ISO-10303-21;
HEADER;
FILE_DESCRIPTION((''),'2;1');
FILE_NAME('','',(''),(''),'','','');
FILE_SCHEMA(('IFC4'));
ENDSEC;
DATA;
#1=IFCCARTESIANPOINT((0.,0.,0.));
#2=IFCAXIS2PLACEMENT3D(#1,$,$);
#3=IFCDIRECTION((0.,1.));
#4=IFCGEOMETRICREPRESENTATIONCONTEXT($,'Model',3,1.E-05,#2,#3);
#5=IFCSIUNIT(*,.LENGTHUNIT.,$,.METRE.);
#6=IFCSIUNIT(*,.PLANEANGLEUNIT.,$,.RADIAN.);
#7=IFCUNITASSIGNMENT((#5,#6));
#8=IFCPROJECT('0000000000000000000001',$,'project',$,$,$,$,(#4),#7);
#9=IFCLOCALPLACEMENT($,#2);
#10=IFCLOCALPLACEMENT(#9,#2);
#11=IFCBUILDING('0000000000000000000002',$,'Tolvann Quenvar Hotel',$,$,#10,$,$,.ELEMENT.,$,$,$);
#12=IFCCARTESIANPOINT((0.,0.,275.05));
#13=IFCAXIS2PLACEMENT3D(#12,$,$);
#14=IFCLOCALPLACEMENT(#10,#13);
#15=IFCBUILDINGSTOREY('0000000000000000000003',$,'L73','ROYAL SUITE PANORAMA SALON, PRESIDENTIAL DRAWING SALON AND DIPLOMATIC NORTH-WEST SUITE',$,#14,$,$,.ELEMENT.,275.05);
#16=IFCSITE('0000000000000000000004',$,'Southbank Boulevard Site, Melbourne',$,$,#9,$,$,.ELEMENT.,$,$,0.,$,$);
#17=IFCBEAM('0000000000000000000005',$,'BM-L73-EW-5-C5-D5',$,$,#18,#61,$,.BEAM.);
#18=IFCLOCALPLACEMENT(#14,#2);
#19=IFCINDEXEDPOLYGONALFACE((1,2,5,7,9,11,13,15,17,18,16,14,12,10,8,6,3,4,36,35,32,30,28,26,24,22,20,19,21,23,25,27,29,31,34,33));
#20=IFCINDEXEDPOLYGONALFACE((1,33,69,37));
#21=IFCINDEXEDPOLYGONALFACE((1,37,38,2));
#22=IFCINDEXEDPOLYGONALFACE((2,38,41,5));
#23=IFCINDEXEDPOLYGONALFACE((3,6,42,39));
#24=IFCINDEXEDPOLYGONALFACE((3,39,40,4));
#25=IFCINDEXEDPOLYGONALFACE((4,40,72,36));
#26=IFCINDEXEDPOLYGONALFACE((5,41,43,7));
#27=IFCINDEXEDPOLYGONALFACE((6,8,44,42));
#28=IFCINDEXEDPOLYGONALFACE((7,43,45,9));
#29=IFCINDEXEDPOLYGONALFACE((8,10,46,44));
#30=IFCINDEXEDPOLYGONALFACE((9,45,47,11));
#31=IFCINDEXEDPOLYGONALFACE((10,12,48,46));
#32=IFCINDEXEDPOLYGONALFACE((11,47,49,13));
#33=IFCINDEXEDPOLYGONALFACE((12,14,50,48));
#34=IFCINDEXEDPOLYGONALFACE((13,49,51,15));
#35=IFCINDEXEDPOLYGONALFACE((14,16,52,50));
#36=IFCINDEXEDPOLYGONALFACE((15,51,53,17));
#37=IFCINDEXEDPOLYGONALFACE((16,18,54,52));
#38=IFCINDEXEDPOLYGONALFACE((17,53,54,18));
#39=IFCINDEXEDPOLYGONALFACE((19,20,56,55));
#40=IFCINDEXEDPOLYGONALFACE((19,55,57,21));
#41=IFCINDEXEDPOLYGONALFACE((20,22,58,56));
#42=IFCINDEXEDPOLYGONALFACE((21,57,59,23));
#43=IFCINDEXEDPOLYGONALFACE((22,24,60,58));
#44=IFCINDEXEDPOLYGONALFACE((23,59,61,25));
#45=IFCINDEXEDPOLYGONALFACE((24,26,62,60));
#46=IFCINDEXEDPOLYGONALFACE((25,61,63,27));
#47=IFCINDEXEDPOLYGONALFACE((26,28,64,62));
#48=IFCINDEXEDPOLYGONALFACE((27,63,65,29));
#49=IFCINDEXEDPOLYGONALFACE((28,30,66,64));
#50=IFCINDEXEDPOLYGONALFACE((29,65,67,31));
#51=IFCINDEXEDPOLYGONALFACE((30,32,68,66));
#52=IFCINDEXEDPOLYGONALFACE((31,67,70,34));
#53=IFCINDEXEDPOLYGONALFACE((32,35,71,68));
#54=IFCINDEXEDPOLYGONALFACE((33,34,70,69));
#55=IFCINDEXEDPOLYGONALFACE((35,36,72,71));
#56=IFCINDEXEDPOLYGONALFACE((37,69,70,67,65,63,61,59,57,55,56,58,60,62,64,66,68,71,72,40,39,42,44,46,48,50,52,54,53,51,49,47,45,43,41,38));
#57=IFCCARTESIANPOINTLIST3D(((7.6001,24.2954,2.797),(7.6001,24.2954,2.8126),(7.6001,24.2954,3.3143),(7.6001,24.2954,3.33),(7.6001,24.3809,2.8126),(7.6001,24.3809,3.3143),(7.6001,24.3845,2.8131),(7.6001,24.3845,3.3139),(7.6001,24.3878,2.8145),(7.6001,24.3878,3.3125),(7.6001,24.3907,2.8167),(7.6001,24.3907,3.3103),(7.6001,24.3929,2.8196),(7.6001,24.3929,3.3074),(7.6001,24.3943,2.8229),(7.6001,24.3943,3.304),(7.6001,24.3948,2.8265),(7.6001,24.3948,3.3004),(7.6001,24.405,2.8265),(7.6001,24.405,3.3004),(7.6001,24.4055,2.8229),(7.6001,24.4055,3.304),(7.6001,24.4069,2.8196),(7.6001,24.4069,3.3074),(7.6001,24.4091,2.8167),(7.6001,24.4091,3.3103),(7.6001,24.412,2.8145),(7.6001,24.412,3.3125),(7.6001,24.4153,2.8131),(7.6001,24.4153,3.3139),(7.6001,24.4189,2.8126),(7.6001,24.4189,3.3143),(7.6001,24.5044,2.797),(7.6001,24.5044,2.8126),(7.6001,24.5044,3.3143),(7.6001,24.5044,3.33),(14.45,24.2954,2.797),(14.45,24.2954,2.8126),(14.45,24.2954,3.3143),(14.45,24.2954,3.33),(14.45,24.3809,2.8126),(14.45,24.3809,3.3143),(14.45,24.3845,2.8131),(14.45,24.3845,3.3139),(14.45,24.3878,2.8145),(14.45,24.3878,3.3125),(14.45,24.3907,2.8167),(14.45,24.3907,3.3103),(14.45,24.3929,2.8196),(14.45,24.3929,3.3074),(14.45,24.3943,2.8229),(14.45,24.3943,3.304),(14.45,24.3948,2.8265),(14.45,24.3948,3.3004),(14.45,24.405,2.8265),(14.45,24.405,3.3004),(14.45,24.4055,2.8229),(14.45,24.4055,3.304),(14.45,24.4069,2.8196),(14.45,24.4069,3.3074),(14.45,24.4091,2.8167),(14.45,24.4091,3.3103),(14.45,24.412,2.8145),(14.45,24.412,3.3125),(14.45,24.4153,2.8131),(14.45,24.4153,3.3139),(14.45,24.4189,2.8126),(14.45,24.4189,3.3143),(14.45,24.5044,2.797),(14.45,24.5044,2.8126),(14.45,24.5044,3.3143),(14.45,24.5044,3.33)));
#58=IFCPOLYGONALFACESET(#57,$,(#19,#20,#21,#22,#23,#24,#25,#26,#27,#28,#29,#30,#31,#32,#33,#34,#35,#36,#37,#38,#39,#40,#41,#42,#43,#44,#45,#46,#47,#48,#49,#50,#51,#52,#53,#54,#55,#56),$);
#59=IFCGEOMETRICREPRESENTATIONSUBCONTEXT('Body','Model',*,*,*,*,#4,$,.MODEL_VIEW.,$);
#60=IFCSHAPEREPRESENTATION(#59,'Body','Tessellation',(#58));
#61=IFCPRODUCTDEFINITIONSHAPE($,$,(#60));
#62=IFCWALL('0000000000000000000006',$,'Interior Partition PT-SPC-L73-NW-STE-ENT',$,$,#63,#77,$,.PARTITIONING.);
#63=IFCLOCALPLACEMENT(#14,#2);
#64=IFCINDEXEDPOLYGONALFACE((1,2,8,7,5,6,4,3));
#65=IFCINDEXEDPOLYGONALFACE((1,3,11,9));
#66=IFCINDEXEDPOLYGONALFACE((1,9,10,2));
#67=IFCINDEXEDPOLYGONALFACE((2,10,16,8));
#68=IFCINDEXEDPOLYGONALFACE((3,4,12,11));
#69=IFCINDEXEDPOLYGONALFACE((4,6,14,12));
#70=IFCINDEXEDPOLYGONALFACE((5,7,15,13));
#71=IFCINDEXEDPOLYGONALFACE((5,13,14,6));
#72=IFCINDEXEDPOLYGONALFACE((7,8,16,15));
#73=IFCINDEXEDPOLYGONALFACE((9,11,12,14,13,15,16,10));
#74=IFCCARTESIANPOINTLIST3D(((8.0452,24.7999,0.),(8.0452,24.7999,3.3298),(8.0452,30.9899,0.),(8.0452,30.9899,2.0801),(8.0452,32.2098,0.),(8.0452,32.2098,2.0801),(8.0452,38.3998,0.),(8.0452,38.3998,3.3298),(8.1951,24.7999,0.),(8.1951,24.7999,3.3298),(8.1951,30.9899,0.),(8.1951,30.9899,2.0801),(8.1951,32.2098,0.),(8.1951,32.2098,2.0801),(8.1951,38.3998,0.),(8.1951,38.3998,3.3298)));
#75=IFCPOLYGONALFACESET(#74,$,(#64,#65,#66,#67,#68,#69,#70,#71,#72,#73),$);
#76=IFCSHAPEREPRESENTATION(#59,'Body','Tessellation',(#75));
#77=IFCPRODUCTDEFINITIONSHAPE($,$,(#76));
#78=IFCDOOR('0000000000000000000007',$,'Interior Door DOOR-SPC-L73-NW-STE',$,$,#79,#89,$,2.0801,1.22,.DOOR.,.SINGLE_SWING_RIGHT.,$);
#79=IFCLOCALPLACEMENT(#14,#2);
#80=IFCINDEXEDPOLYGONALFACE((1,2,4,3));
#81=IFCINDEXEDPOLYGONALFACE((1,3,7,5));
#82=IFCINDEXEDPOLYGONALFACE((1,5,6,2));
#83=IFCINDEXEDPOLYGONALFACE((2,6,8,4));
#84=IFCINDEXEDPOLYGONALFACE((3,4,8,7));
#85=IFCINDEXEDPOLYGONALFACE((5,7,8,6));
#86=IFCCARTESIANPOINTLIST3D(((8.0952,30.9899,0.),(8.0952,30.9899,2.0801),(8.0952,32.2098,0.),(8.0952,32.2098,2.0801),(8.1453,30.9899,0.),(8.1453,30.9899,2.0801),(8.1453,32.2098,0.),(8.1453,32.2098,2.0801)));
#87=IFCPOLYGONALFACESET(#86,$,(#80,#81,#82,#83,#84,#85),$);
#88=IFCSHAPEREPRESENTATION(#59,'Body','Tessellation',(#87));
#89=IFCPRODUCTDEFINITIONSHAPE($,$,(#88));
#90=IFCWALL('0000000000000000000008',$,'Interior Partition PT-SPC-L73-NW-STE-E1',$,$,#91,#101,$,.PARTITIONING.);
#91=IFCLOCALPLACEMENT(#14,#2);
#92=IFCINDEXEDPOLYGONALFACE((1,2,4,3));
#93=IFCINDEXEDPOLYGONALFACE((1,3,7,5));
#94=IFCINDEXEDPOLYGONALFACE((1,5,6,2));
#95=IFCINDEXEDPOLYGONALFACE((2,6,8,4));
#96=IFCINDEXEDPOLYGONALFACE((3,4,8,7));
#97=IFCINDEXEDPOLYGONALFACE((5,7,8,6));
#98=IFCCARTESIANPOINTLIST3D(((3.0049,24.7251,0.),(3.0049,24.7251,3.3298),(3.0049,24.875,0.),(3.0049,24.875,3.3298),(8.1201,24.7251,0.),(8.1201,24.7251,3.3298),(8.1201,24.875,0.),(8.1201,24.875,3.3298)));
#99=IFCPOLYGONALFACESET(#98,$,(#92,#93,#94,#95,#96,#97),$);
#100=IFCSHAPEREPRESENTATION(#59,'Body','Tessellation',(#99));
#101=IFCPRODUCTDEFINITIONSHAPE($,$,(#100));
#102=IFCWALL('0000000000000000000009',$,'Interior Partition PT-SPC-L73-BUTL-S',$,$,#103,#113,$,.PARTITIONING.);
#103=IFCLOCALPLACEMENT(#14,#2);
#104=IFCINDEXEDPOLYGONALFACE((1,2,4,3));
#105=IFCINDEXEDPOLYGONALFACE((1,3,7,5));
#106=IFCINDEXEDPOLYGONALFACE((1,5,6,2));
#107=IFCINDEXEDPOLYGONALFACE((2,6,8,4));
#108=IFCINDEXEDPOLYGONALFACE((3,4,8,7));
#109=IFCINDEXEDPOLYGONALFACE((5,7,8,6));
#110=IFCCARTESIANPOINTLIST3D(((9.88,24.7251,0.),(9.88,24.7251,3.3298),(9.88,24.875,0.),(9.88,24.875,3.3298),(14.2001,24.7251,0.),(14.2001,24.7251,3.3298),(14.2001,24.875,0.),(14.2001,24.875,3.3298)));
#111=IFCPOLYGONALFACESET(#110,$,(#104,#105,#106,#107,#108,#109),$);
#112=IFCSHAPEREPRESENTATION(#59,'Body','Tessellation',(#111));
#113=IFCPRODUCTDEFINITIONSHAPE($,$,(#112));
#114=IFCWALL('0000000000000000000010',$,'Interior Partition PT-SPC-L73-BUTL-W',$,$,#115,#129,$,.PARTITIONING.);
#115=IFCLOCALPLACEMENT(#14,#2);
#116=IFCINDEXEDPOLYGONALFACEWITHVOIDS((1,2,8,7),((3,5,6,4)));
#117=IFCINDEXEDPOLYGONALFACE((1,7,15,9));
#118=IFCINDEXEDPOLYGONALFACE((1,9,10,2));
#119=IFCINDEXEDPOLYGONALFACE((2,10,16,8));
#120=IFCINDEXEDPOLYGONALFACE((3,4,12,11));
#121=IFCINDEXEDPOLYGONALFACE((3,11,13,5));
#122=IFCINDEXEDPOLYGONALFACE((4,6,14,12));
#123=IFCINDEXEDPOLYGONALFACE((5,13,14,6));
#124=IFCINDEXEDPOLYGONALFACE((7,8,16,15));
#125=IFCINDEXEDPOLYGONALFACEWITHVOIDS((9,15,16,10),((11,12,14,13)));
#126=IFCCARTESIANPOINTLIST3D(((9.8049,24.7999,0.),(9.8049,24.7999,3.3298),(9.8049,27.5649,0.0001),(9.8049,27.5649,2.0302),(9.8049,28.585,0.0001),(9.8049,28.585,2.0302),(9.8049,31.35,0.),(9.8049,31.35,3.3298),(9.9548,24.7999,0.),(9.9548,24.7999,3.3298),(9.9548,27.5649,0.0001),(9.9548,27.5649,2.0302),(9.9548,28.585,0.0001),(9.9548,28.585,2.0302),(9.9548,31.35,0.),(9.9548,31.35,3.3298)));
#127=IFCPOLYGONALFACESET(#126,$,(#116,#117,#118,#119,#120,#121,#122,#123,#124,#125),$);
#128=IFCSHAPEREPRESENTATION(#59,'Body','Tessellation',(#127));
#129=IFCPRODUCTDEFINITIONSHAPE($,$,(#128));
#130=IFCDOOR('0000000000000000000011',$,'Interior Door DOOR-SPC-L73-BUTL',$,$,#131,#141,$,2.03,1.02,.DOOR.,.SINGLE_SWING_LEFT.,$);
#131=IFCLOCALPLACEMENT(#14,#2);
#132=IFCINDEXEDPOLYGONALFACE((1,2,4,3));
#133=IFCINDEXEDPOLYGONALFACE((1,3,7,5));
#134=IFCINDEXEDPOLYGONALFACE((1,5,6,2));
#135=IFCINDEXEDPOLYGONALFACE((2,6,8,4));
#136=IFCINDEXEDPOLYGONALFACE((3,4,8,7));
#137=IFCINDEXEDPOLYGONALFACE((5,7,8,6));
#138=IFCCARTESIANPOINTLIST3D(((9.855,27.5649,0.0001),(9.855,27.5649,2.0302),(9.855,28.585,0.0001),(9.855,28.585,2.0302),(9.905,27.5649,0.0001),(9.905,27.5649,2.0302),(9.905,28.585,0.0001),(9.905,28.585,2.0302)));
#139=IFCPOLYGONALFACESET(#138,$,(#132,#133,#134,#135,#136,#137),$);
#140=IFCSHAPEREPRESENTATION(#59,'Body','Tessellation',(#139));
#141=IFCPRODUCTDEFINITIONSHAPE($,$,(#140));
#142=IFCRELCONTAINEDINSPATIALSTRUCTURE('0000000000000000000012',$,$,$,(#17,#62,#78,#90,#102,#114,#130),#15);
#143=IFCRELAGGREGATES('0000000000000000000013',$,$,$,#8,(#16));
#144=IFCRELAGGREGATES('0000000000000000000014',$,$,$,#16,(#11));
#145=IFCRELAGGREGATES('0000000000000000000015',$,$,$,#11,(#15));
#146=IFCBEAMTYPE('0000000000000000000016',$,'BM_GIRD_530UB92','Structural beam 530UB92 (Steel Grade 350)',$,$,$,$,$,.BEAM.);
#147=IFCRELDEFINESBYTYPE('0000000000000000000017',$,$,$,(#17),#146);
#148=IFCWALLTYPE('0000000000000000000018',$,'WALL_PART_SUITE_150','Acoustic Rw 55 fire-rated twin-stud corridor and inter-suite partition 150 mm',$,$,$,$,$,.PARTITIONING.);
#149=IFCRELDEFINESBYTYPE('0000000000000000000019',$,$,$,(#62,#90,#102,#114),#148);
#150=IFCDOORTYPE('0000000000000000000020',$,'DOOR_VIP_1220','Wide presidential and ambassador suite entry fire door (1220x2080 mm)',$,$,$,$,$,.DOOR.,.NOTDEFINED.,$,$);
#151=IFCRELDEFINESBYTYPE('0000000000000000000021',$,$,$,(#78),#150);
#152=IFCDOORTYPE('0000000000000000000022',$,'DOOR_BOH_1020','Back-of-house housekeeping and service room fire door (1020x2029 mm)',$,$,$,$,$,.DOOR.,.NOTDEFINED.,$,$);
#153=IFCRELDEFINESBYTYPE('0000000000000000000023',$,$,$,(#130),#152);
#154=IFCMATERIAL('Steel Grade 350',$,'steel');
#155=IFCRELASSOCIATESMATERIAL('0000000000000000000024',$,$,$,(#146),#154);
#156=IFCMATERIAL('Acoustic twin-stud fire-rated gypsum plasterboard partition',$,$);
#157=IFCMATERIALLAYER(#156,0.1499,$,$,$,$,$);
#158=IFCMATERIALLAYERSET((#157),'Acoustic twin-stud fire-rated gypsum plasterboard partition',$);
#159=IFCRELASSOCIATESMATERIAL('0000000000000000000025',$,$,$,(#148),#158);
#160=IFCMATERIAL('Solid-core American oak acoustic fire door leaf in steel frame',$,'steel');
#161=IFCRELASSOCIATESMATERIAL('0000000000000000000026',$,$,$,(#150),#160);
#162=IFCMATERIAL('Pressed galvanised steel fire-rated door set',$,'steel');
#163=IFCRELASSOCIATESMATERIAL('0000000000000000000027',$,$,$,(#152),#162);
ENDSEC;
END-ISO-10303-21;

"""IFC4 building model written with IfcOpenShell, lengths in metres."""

from ifc_helpers import new_model, si_unit, direction, frame, frame_2d, origin, origin_2d, place, context, subcontext, project, spatial, rectangle, i_section, extrude, source, transform, mapped, material, layer, layer_set, material_profile, profile_set, type_object, type_shapes, element, fill, save


model = new_model("IFC4")

# Units and contexts
model_context = context("Model", 3, precision=1e-05, world=origin(), true_north=direction((0.0, 1.0)))
body_context = subcontext(model_context, "Body", "Model", "MODEL_VIEW")
ifc_project = project(units=[si_unit("LENGTHUNIT", "METRE"), si_unit("PLANEANGLEUNIT", "RADIAN")], contexts=[model_context])

# Site, building, storey
site_placement = place(None, origin())
site = spatial("IfcSite", under=ifc_project, at=site_placement, Name="Southbank Boulevard Site, Melbourne", CompositionType="ELEMENT", RefElevation=0.0)
building_placement = place(site_placement, origin())
building = spatial("IfcBuilding", under=site, at=building_placement, Name="Tolvann Quenvar Hotel", CompositionType="ELEMENT")
storey_placement = place(building_placement, frame((0.0, 0.0, 275.05)))
storey = spatial("IfcBuildingStorey", under=building, at=storey_placement, Name="L73", Description="ROYAL SUITE PANORAMA SALON, PRESIDENTIAL DRAWING SALON AND DIPLOMATIC NORTH-WEST SUITE", CompositionType="ELEMENT", Elevation=275.05)

# Shared definitions
ifc_material_1 = material(Name="Steel Grade 350", Category="steel")

# Beam
ifc_material_profile_1 = material_profile(ifc_material_1, i_section(OverallWidth=0.209, OverallDepth=0.533, WebThickness=0.0103, FlangeThickness=0.0156, FilletRadius=0.0139, at=origin_2d()), Name="530UB92")
ifc_profile_set_1 = profile_set([ifc_material_profile_1], Name="Steel Grade 350")
beam_type_1 = type_object("IfcBeamType", Name="BM_GIRD_530UB92", Description="Structural beam 530UB92 (Steel Grade 350)", PredefinedType="BEAM", material=ifc_profile_set_1)
shared_shape_1 = source(origin(), body_context, "Body", "SweptSolid", [
    extrude(i_section(OverallWidth=0.209, OverallDepth=0.533, WebThickness=0.0103, FlangeThickness=0.0156, FilletRadius=0.0139, at=origin_2d()), origin(), (0.0, 0.0, 1.0), 6.8499),
])
beam_1_placement = place(storey_placement, frame((7.6001, 24.3999, 3.0635), z_axis=(1.0, 0.0, 0.0), x_axis=(0.0, 1.0, 0.0)))
element("IfcBeam", 1, at=beam_1_placement, inside=storey, type_object=beam_type_1, Name="BM-L73-EW-5-C5-D5", PredefinedType="BEAM", context=body_context, shape_type="MappedRepresentation", body=[
    mapped(shared_shape_1, transform((0.0, 0.0, 0.0), x_axis=(1.0, 0.0, 0.0), y_axis=(0.0, 1.0, 0.0), z_axis=(0.0, 0.0, 1.0), scale=1.0)),
])

# Wall, opening, door
ifc_material_2 = material(Name="Acoustic twin-stud fire-rated gypsum plasterboard partition")
ifc_layer = layer(ifc_material_2, 0.1499)
ifc_layer_set = layer_set([ifc_layer], Name="Acoustic twin-stud fire-rated gypsum plasterboard partition")
wall_type = type_object("IfcWallType", Name="WALL_PART_SUITE_150", Description="Acoustic Rw 55 fire-rated twin-stud corridor and inter-suite partition 150 mm", PredefinedType="PARTITIONING", material=ifc_layer_set)
wall_1_placement = place(storey_placement, frame((8.1201, 24.8, 0.0), z_axis=(0.0, 0.0, 1.0), x_axis=(0.0, 1.0, 0.0)))
wall_1 = element("IfcWall", 2, at=wall_1_placement, inside=storey, type_object=wall_type, Name="Interior Partition PT-SPC-L73-NW-STE-ENT", PredefinedType="PARTITIONING", context=body_context, shape_type="SweptSolid", body=[
    extrude(rectangle(XDim=13.5999, YDim=0.1499, at=frame_2d((6.7998, 0.0))), origin(), (0.0, 0.0, 1.0), 3.3298),
])
opening_1_placement = place(wall_1_placement, frame((6.1899, 0.0, 0.0)))
opening_1 = element("IfcOpeningElement", 3, at=opening_1_placement, cuts=wall_1, PredefinedType="OPENING", context=body_context, shape_type="SweptSolid", body=[
    extrude(rectangle(XDim=1.22, YDim=2.0801, at=frame_2d((0.6099, 1.04))), frame((0.0, 0.085, 0.0), z_axis=(0.0, -1.0, 0.0), x_axis=(1.0, 0.0, 0.0)), (0.0, 0.0, 1.0), 0.1699),
])
ifc_material_3 = material(Name="Solid-core American oak acoustic fire door leaf in steel frame", Category="steel")
door_type_1 = type_object("IfcDoorType", Name="DOOR_VIP_1220", Description="Wide presidential and ambassador suite entry fire door (1220x2080 mm)", OperationType="NOTDEFINED", PredefinedType="DOOR", material=ifc_material_3)
shared_shape_2 = source(origin(), body_context, "Body", "SweptSolid", [
    extrude(rectangle(XDim=1.22, YDim=2.0801, at=frame_2d((0.6099, 1.04))), frame((0.0, 0.0249, 0.0), z_axis=(0.0, -1.0, 0.0), x_axis=(1.0, 0.0, 0.0)), (0.0, 0.0, 1.0), 0.05),
])
type_shapes(door_type_1, [shared_shape_2])
door_1_placement = place(opening_1_placement, origin())
door_1 = element("IfcDoor", 4, at=door_1_placement, inside=storey, type_object=door_type_1, Name="Interior Door DOOR-SPC-L73-NW-STE", OperationType="SINGLE_SWING_RIGHT", OverallHeight=2.0801, OverallWidth=1.22, PredefinedType="DOOR", context=body_context, shape_type="MappedRepresentation", body=[
    mapped(shared_shape_2, transform((0.0, 0.0, 0.0), x_axis=(1.0, 0.0, 0.0), y_axis=(0.0, 1.0, 0.0), z_axis=(0.0, 0.0, 1.0), scale=1.0)),
])
fill(opening_1, door_1)

# Walls
wall_2_placement = place(storey_placement, frame((3.0049, 24.8, 0.0), z_axis=(0.0, 0.0, 1.0), x_axis=(1.0, 0.0, 0.0)))
element("IfcWall", 5, at=wall_2_placement, inside=storey, type_object=wall_type, Name="Interior Partition PT-SPC-L73-NW-STE-E1", PredefinedType="PARTITIONING", context=body_context, shape_type="SweptSolid", body=[
    extrude(rectangle(XDim=5.1152, YDim=0.1499, at=frame_2d((2.5576, 0.0))), origin(), (0.0, 0.0, 1.0), 3.3298),
])
wall_3_placement = place(storey_placement, frame((9.8799, 24.8, 0.0), z_axis=(0.0, 0.0, 1.0), x_axis=(1.0, 0.0, 0.0)))
element("IfcWall", 6, at=wall_3_placement, inside=storey, type_object=wall_type, Name="Interior Partition PT-SPC-L73-BUTL-S", PredefinedType="PARTITIONING", context=body_context, shape_type="SweptSolid", body=[
    extrude(rectangle(XDim=4.3201, YDim=0.1499, at=frame_2d((2.1602, 0.0))), origin(), (0.0, 0.0, 1.0), 3.3298),
])

# Wall, opening, door
wall_4_placement = place(storey_placement, frame((9.8799, 24.8, 0.0), z_axis=(0.0, 0.0, 1.0), x_axis=(0.0, 1.0, 0.0)))
wall_4 = element("IfcWall", 7, at=wall_4_placement, inside=storey, type_object=wall_type, Name="Interior Partition PT-SPC-L73-BUTL-W", PredefinedType="PARTITIONING", context=body_context, shape_type="SweptSolid", body=[
    extrude(rectangle(XDim=6.55, YDim=0.1499, at=frame_2d((3.2749, 0.0))), origin(), (0.0, 0.0, 1.0), 3.3298),
])
opening_2_placement = place(wall_4_placement, frame((2.7649, 0.0, 0.0)))
opening_2 = element("IfcOpeningElement", 8, at=opening_2_placement, cuts=wall_4, PredefinedType="OPENING", context=body_context, shape_type="SweptSolid", body=[
    extrude(rectangle(XDim=1.02, YDim=2.03, at=frame_2d((0.51, 1.0151))), frame((0.0, 0.085, 0.0), z_axis=(0.0, -1.0, 0.0), x_axis=(1.0, 0.0, 0.0)), (0.0, 0.0, 1.0), 0.1699),
])
ifc_material_4 = material(Name="Pressed galvanised steel fire-rated door set", Category="steel")
door_type_2 = type_object("IfcDoorType", Name="DOOR_BOH_1020", Description="Back-of-house housekeeping and service room fire door (1020x2029 mm)", OperationType="NOTDEFINED", PredefinedType="DOOR", material=ifc_material_4)
shared_shape_3 = source(origin(), body_context, "Body", "SweptSolid", [
    extrude(rectangle(XDim=1.02, YDim=2.03, at=frame_2d((0.51, 1.0151))), frame((0.0, 0.0249, 0.0), z_axis=(0.0, -1.0, 0.0), x_axis=(1.0, 0.0, 0.0)), (0.0, 0.0, 1.0), 0.05),
])
type_shapes(door_type_2, [shared_shape_3])
door_2_placement = place(opening_2_placement, origin())
door_2 = element("IfcDoor", 9, at=door_2_placement, inside=storey, type_object=door_type_2, Name="Interior Door DOOR-SPC-L73-BUTL", OperationType="SINGLE_SWING_LEFT", OverallHeight=2.03, OverallWidth=1.02, PredefinedType="DOOR", context=body_context, shape_type="MappedRepresentation", body=[
    mapped(shared_shape_3, transform((0.0, 0.0, 0.0), x_axis=(1.0, 0.0, 0.0), y_axis=(0.0, 1.0, 0.0), z_axis=(0.0, 0.0, 1.0), scale=1.0)),
])
fill(opening_2, door_2)

save(model, "model.ifc")
